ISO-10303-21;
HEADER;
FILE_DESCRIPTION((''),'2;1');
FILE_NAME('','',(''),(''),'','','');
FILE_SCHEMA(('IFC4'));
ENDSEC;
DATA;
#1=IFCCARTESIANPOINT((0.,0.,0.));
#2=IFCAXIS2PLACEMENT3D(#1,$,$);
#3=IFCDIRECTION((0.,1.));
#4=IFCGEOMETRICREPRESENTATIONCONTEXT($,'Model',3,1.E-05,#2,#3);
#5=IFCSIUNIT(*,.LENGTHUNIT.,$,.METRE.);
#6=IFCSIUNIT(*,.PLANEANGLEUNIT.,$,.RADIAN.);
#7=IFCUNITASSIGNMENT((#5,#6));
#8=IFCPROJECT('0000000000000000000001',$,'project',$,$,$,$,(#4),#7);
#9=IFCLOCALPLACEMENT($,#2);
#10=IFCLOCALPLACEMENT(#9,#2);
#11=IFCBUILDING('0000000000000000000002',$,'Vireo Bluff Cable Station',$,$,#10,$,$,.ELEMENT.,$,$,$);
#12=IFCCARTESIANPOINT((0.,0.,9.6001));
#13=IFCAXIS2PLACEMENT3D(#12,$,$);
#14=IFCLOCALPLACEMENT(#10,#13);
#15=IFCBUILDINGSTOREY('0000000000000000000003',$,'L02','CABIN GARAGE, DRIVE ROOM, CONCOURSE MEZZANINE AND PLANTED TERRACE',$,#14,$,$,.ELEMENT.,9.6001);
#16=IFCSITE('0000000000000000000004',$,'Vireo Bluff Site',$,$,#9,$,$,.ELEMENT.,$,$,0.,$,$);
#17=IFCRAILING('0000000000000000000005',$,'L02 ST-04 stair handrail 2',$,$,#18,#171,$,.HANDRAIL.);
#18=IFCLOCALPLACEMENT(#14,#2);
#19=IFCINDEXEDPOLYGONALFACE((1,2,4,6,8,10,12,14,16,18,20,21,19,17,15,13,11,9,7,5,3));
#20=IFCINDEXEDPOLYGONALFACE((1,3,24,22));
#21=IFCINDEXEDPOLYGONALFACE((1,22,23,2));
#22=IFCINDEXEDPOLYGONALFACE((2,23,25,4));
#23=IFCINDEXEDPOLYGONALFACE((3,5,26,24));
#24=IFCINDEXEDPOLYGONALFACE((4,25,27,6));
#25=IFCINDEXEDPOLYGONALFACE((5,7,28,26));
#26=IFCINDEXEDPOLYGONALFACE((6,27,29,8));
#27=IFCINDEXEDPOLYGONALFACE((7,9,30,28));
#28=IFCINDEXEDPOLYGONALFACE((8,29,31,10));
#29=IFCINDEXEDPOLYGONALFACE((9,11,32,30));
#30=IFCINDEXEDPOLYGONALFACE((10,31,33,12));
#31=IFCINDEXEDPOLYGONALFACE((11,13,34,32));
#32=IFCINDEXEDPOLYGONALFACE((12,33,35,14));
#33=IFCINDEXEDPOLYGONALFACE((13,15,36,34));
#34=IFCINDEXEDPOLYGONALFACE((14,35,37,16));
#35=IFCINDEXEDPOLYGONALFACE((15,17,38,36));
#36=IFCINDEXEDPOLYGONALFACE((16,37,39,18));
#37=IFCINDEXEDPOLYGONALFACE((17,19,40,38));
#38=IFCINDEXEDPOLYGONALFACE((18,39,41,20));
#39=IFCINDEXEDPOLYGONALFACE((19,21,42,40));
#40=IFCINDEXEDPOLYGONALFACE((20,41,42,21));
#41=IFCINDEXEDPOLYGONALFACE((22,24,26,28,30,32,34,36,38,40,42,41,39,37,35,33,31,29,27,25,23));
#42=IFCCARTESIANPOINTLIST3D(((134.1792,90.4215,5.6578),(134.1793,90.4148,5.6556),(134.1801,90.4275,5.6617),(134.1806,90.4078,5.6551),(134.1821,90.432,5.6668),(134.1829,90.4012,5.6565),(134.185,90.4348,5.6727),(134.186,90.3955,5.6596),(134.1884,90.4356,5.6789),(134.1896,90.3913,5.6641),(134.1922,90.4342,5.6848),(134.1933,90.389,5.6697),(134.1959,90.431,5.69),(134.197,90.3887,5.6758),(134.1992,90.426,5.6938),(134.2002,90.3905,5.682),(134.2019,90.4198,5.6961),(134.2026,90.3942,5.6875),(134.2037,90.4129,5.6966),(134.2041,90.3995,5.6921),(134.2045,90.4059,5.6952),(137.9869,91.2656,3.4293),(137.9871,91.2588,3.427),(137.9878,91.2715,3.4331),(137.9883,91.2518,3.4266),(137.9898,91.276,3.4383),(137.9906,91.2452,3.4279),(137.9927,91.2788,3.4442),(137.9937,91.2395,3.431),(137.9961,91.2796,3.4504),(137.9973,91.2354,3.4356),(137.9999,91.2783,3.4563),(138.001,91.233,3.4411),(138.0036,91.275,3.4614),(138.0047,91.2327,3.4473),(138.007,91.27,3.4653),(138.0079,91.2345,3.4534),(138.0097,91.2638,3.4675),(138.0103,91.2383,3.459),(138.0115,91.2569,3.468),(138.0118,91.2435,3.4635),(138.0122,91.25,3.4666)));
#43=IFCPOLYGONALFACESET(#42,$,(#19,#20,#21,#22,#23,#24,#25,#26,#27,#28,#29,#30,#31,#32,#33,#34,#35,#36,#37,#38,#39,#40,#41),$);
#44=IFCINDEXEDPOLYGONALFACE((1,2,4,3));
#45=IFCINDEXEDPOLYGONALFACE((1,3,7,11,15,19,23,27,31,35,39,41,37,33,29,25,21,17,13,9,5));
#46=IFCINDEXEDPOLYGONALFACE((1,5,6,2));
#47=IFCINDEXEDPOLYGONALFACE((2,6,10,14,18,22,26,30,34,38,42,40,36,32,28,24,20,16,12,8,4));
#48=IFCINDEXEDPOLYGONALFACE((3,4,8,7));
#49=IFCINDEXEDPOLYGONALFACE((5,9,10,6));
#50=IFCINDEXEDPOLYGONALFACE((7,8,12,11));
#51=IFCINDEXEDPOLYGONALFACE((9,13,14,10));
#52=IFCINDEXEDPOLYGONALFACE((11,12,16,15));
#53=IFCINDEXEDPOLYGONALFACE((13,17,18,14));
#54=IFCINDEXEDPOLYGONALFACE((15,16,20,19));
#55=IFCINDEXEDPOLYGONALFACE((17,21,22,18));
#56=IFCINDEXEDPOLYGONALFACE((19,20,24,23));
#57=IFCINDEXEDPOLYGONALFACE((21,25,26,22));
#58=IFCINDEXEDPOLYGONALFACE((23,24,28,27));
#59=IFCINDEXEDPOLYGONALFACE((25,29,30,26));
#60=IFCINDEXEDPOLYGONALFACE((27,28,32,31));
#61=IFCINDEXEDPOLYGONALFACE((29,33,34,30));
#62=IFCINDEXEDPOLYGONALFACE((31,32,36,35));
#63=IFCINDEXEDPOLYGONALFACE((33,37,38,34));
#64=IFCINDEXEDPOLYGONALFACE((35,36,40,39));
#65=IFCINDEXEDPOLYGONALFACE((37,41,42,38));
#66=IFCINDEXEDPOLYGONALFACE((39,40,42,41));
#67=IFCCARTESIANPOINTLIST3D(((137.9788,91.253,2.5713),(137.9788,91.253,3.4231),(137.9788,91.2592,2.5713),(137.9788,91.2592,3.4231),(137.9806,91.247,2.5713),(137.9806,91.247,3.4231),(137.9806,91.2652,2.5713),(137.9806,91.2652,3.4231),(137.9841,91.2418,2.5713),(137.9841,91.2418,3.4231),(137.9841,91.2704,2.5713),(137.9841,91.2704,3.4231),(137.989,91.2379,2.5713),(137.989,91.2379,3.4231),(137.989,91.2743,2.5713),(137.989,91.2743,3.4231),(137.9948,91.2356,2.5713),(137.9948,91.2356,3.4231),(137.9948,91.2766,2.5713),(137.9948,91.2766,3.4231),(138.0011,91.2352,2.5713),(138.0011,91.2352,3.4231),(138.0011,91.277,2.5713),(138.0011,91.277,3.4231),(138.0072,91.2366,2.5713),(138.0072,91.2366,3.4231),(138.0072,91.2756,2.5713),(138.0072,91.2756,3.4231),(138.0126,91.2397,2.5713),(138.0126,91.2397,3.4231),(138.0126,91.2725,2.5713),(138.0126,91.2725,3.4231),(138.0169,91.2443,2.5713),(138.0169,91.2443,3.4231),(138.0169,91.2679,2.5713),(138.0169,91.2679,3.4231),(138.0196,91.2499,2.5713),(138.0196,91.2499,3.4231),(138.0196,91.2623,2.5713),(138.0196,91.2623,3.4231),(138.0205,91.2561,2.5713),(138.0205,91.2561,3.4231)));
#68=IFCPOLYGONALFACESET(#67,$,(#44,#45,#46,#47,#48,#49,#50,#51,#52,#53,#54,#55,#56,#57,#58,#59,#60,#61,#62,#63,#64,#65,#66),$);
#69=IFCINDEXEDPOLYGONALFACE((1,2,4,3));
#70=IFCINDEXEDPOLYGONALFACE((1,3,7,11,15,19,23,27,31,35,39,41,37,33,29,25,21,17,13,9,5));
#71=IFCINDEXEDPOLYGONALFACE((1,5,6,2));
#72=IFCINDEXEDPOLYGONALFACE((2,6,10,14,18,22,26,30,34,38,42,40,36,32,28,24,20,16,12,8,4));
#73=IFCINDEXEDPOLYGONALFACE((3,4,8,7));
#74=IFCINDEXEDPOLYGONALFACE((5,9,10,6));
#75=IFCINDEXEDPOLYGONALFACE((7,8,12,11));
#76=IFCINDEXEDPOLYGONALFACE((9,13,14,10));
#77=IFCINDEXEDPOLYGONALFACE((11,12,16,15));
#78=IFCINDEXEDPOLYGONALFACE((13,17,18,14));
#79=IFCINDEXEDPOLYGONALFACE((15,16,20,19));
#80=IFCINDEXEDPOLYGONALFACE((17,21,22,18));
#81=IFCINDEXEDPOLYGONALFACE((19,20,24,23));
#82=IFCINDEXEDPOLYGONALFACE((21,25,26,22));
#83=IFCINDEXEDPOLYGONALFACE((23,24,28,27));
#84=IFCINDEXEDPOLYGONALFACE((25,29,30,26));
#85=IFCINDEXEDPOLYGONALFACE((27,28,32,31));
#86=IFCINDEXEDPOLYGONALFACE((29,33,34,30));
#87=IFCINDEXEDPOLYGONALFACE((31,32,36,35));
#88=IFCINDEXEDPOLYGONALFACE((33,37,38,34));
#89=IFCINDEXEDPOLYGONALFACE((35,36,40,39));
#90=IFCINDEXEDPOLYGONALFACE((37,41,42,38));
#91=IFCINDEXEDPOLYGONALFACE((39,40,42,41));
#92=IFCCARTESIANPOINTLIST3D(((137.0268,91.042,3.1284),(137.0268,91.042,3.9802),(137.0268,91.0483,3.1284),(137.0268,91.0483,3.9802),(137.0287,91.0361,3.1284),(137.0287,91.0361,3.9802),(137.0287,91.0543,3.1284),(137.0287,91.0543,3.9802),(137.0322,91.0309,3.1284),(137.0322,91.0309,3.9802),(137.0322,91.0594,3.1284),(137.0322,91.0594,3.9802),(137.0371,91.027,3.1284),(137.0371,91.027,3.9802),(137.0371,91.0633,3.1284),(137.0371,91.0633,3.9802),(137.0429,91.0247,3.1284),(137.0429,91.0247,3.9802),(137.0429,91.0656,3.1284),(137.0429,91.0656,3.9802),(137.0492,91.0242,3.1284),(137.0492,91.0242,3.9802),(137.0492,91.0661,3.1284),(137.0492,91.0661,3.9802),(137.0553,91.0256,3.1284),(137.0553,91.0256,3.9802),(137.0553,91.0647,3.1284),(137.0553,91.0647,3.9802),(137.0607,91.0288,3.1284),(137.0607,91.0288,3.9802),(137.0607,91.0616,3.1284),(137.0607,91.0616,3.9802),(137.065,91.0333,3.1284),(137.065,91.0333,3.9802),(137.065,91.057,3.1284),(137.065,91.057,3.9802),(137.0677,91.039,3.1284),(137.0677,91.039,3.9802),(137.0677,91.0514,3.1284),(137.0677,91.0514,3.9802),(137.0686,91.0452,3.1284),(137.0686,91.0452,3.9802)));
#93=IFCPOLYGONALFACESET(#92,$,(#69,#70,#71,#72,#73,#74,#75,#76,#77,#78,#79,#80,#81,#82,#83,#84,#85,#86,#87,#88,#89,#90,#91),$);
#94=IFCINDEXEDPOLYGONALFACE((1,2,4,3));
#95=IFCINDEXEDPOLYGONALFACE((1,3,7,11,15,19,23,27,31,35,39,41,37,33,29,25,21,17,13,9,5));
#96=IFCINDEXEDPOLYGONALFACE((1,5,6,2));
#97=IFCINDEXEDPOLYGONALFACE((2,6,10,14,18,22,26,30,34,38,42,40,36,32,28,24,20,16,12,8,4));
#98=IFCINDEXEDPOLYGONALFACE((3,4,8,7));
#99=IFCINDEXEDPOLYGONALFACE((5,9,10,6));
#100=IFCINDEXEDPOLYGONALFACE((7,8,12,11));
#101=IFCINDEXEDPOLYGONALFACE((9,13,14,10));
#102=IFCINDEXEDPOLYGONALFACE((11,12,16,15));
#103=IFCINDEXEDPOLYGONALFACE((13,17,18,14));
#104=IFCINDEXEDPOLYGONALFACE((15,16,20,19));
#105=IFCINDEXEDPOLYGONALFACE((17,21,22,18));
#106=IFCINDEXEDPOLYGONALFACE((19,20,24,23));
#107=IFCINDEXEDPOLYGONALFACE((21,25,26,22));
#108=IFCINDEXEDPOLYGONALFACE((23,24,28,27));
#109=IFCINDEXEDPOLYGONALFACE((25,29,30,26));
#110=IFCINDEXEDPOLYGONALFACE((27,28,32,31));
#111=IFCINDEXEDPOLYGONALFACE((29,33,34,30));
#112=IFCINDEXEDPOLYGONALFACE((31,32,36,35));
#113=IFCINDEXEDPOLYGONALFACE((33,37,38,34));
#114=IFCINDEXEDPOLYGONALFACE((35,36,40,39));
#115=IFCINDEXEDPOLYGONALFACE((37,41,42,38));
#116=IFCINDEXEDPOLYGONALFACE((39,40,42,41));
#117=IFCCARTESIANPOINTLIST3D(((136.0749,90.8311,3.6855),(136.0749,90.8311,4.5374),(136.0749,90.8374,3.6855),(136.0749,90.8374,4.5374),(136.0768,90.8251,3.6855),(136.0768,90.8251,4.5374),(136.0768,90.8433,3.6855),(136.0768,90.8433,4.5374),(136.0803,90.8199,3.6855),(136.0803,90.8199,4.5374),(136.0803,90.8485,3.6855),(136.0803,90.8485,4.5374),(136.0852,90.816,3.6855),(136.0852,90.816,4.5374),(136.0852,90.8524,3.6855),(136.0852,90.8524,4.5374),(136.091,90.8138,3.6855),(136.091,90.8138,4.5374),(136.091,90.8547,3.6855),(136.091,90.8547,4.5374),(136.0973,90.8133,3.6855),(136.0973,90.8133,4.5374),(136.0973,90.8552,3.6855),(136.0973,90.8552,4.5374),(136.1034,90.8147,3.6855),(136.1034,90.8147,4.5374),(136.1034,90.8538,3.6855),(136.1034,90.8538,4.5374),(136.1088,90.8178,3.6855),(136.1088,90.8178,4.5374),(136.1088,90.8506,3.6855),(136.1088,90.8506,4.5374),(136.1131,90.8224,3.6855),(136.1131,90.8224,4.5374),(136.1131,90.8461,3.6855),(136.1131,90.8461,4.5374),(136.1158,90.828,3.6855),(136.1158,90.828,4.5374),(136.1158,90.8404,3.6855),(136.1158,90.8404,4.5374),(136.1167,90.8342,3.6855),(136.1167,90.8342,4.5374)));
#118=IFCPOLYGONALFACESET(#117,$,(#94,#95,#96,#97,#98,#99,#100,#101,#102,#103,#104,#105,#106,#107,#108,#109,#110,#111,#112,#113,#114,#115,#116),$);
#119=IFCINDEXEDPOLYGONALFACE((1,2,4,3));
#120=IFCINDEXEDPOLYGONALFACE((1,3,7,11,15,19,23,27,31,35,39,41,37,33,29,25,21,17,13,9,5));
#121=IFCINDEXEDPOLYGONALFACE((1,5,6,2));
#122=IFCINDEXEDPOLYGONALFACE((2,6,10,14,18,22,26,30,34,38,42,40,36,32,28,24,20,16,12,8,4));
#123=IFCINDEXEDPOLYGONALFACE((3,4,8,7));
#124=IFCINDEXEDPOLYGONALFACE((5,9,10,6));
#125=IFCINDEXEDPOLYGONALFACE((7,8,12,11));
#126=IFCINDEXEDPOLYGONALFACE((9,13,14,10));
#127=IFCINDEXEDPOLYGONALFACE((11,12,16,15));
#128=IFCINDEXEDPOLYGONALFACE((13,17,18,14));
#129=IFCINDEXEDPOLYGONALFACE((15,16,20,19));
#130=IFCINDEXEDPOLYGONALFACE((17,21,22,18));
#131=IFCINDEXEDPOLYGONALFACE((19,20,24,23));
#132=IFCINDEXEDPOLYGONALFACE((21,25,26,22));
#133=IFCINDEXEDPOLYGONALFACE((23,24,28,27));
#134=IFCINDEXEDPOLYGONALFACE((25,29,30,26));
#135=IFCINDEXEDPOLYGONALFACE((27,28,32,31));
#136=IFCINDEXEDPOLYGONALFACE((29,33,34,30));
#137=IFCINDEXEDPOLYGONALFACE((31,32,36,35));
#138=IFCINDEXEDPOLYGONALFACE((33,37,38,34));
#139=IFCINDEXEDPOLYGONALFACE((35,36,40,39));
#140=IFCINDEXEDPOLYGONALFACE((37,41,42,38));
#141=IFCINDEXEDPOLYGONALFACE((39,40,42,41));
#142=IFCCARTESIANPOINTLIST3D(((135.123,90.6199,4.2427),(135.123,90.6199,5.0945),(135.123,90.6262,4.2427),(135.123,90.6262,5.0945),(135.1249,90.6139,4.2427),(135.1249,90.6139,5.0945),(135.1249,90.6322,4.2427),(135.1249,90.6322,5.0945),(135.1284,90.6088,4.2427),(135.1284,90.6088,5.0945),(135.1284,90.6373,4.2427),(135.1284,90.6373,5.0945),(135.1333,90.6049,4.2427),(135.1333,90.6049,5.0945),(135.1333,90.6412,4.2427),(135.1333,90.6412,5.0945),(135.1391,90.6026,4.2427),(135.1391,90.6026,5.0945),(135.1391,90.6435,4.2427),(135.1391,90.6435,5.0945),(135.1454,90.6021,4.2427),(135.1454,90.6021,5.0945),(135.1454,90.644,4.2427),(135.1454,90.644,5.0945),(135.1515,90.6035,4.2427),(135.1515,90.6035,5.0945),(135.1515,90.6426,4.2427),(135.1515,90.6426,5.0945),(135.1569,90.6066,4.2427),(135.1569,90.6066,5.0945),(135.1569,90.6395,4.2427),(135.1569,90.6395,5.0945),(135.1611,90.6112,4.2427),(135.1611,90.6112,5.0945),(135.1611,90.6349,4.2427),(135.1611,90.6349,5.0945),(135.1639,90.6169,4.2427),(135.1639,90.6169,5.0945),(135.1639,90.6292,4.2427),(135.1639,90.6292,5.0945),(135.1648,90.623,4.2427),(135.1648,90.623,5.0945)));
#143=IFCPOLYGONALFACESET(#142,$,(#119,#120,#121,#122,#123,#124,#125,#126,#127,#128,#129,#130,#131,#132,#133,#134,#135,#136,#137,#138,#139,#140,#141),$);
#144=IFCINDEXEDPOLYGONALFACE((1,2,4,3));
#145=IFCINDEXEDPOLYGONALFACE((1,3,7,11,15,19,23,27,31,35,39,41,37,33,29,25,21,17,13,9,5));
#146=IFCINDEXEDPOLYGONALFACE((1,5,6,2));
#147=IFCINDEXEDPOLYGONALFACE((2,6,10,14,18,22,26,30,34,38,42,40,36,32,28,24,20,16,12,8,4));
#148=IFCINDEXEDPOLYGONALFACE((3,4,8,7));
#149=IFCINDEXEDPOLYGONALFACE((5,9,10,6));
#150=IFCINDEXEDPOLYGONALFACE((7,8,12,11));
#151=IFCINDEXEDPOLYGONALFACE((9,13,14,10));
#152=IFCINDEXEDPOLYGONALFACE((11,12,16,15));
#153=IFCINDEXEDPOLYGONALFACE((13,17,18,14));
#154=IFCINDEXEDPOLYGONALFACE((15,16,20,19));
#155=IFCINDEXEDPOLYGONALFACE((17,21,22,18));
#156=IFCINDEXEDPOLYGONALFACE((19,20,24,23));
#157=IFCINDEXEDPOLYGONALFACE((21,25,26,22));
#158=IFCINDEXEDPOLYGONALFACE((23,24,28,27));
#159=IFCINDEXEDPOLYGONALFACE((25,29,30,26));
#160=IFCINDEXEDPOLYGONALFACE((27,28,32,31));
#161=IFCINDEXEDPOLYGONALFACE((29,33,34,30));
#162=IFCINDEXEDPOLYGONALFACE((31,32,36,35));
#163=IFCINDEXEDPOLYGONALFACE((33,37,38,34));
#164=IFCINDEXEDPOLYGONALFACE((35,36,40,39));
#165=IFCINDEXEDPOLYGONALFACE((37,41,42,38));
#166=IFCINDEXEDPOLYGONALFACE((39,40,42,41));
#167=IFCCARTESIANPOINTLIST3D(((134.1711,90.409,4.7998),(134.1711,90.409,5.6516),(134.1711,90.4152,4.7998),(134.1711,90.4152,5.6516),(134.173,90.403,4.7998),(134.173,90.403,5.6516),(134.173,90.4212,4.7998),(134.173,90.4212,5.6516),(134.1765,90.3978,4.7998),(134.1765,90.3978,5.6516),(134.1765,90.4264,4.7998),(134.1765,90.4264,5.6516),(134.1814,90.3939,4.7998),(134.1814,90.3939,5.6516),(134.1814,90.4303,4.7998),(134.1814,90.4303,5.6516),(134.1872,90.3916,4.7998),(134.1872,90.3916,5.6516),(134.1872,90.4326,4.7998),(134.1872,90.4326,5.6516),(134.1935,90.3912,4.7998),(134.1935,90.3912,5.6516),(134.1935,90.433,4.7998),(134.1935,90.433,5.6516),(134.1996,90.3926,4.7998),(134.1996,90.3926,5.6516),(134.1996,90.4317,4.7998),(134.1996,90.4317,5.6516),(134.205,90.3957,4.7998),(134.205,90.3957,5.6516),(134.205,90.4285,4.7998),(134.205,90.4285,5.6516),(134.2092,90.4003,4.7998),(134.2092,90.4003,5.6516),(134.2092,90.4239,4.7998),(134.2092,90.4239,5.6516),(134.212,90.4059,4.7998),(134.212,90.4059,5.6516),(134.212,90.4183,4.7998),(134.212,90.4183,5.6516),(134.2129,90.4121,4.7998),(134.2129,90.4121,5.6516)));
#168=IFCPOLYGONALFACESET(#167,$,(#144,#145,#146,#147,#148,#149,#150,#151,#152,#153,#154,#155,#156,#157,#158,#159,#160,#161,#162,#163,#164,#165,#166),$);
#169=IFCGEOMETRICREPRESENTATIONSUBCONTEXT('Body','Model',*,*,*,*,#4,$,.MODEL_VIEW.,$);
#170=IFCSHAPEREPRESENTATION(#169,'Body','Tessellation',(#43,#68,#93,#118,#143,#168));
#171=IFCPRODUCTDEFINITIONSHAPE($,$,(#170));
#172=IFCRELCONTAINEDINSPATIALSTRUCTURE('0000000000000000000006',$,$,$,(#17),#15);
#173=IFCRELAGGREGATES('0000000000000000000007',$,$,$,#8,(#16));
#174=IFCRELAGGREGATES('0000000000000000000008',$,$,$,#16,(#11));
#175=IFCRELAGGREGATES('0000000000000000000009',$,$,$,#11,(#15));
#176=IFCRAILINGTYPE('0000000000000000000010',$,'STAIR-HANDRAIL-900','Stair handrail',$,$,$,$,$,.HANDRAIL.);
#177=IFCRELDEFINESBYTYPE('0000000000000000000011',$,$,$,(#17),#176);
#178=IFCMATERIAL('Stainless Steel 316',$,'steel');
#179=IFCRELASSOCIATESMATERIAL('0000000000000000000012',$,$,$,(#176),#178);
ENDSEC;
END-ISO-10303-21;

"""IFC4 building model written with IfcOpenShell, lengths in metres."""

from ifc_helpers import new_model, si_unit, direction, frame, origin, origin_2d, place, context, subcontext, project, spatial, circle, extrude, material, type_object, element, save


model = new_model("IFC4")

# Units and contexts
model_context = context("Model", 3, precision=1e-05, world=origin(), true_north=direction((0.0, 1.0)))
body_context = subcontext(model_context, "Body", "Model", "MODEL_VIEW")
ifc_project = project(units=[si_unit("LENGTHUNIT", "METRE"), si_unit("PLANEANGLEUNIT", "RADIAN")], contexts=[model_context])

# Site, building, storey
site_placement = place(None, origin())
site = spatial("IfcSite", under=ifc_project, at=site_placement, Name="Vireo Bluff Site", CompositionType="ELEMENT", RefElevation=0.0)
building_placement = place(site_placement, origin())
building = spatial("IfcBuilding", under=site, at=building_placement, Name="Vireo Bluff Cable Station", CompositionType="ELEMENT")
storey_placement = place(building_placement, frame((0.0, 0.0, 9.6001)))
storey = spatial("IfcBuildingStorey", under=building, at=storey_placement, Name="L02", Description="CABIN GARAGE, DRIVE ROOM, CONCOURSE MEZZANINE AND PLANTED TERRACE", CompositionType="ELEMENT", Elevation=9.6001)

# Shared definitions
ifc_material_1 = material(Name="Stainless Steel 316", Category="steel")

# Railing
railing_type_1 = type_object("IfcRailingType", Name="STAIR-HANDRAIL-900", Description="Stair handrail", PredefinedType="HANDRAIL", material=ifc_material_1)
railing_1_placement = place(storey_placement, frame((137.9995, 91.2561, 2.5713)))
element("IfcRailing", 1, at=railing_1_placement, inside=storey, type_object=railing_type_1, Name="L02 ST-04 stair handrail 2", PredefinedType="HANDRAIL", context=body_context, shape_type="SweptSolid", body=[
    extrude(circle(Radius=0.0239, at=origin_2d()), frame((0.0, 0.0, 0.876), z_axis=(-0.847676, -0.187895, 0.496126), x_axis=(0.216407, -0.976303, 0.0)), (0.0, 0.0, 1.0), 4.4919),
    extrude(circle(Radius=0.021, at=origin_2d()), origin(), (0.0, 0.0, 1.0), 0.8518),
    extrude(circle(Radius=0.021, at=origin_2d()), frame((-0.9519, -0.2109, 0.5571)), (0.0, 0.0, 1.0), 0.8518),
    extrude(circle(Radius=0.021, at=origin_2d()), frame((-1.9038, -0.4219, 1.1143)), (0.0, 0.0, 1.0), 0.8518),
    extrude(circle(Radius=0.021, at=origin_2d()), frame((-2.8557, -0.6331, 1.6714)), (0.0, 0.0, 1.0), 0.8518),
    extrude(circle(Radius=0.021, at=origin_2d()), frame((-3.8076, -0.844, 2.2285)), (0.0, 0.0, 1.0), 0.8518),
])

save(model, "model.ifc")
